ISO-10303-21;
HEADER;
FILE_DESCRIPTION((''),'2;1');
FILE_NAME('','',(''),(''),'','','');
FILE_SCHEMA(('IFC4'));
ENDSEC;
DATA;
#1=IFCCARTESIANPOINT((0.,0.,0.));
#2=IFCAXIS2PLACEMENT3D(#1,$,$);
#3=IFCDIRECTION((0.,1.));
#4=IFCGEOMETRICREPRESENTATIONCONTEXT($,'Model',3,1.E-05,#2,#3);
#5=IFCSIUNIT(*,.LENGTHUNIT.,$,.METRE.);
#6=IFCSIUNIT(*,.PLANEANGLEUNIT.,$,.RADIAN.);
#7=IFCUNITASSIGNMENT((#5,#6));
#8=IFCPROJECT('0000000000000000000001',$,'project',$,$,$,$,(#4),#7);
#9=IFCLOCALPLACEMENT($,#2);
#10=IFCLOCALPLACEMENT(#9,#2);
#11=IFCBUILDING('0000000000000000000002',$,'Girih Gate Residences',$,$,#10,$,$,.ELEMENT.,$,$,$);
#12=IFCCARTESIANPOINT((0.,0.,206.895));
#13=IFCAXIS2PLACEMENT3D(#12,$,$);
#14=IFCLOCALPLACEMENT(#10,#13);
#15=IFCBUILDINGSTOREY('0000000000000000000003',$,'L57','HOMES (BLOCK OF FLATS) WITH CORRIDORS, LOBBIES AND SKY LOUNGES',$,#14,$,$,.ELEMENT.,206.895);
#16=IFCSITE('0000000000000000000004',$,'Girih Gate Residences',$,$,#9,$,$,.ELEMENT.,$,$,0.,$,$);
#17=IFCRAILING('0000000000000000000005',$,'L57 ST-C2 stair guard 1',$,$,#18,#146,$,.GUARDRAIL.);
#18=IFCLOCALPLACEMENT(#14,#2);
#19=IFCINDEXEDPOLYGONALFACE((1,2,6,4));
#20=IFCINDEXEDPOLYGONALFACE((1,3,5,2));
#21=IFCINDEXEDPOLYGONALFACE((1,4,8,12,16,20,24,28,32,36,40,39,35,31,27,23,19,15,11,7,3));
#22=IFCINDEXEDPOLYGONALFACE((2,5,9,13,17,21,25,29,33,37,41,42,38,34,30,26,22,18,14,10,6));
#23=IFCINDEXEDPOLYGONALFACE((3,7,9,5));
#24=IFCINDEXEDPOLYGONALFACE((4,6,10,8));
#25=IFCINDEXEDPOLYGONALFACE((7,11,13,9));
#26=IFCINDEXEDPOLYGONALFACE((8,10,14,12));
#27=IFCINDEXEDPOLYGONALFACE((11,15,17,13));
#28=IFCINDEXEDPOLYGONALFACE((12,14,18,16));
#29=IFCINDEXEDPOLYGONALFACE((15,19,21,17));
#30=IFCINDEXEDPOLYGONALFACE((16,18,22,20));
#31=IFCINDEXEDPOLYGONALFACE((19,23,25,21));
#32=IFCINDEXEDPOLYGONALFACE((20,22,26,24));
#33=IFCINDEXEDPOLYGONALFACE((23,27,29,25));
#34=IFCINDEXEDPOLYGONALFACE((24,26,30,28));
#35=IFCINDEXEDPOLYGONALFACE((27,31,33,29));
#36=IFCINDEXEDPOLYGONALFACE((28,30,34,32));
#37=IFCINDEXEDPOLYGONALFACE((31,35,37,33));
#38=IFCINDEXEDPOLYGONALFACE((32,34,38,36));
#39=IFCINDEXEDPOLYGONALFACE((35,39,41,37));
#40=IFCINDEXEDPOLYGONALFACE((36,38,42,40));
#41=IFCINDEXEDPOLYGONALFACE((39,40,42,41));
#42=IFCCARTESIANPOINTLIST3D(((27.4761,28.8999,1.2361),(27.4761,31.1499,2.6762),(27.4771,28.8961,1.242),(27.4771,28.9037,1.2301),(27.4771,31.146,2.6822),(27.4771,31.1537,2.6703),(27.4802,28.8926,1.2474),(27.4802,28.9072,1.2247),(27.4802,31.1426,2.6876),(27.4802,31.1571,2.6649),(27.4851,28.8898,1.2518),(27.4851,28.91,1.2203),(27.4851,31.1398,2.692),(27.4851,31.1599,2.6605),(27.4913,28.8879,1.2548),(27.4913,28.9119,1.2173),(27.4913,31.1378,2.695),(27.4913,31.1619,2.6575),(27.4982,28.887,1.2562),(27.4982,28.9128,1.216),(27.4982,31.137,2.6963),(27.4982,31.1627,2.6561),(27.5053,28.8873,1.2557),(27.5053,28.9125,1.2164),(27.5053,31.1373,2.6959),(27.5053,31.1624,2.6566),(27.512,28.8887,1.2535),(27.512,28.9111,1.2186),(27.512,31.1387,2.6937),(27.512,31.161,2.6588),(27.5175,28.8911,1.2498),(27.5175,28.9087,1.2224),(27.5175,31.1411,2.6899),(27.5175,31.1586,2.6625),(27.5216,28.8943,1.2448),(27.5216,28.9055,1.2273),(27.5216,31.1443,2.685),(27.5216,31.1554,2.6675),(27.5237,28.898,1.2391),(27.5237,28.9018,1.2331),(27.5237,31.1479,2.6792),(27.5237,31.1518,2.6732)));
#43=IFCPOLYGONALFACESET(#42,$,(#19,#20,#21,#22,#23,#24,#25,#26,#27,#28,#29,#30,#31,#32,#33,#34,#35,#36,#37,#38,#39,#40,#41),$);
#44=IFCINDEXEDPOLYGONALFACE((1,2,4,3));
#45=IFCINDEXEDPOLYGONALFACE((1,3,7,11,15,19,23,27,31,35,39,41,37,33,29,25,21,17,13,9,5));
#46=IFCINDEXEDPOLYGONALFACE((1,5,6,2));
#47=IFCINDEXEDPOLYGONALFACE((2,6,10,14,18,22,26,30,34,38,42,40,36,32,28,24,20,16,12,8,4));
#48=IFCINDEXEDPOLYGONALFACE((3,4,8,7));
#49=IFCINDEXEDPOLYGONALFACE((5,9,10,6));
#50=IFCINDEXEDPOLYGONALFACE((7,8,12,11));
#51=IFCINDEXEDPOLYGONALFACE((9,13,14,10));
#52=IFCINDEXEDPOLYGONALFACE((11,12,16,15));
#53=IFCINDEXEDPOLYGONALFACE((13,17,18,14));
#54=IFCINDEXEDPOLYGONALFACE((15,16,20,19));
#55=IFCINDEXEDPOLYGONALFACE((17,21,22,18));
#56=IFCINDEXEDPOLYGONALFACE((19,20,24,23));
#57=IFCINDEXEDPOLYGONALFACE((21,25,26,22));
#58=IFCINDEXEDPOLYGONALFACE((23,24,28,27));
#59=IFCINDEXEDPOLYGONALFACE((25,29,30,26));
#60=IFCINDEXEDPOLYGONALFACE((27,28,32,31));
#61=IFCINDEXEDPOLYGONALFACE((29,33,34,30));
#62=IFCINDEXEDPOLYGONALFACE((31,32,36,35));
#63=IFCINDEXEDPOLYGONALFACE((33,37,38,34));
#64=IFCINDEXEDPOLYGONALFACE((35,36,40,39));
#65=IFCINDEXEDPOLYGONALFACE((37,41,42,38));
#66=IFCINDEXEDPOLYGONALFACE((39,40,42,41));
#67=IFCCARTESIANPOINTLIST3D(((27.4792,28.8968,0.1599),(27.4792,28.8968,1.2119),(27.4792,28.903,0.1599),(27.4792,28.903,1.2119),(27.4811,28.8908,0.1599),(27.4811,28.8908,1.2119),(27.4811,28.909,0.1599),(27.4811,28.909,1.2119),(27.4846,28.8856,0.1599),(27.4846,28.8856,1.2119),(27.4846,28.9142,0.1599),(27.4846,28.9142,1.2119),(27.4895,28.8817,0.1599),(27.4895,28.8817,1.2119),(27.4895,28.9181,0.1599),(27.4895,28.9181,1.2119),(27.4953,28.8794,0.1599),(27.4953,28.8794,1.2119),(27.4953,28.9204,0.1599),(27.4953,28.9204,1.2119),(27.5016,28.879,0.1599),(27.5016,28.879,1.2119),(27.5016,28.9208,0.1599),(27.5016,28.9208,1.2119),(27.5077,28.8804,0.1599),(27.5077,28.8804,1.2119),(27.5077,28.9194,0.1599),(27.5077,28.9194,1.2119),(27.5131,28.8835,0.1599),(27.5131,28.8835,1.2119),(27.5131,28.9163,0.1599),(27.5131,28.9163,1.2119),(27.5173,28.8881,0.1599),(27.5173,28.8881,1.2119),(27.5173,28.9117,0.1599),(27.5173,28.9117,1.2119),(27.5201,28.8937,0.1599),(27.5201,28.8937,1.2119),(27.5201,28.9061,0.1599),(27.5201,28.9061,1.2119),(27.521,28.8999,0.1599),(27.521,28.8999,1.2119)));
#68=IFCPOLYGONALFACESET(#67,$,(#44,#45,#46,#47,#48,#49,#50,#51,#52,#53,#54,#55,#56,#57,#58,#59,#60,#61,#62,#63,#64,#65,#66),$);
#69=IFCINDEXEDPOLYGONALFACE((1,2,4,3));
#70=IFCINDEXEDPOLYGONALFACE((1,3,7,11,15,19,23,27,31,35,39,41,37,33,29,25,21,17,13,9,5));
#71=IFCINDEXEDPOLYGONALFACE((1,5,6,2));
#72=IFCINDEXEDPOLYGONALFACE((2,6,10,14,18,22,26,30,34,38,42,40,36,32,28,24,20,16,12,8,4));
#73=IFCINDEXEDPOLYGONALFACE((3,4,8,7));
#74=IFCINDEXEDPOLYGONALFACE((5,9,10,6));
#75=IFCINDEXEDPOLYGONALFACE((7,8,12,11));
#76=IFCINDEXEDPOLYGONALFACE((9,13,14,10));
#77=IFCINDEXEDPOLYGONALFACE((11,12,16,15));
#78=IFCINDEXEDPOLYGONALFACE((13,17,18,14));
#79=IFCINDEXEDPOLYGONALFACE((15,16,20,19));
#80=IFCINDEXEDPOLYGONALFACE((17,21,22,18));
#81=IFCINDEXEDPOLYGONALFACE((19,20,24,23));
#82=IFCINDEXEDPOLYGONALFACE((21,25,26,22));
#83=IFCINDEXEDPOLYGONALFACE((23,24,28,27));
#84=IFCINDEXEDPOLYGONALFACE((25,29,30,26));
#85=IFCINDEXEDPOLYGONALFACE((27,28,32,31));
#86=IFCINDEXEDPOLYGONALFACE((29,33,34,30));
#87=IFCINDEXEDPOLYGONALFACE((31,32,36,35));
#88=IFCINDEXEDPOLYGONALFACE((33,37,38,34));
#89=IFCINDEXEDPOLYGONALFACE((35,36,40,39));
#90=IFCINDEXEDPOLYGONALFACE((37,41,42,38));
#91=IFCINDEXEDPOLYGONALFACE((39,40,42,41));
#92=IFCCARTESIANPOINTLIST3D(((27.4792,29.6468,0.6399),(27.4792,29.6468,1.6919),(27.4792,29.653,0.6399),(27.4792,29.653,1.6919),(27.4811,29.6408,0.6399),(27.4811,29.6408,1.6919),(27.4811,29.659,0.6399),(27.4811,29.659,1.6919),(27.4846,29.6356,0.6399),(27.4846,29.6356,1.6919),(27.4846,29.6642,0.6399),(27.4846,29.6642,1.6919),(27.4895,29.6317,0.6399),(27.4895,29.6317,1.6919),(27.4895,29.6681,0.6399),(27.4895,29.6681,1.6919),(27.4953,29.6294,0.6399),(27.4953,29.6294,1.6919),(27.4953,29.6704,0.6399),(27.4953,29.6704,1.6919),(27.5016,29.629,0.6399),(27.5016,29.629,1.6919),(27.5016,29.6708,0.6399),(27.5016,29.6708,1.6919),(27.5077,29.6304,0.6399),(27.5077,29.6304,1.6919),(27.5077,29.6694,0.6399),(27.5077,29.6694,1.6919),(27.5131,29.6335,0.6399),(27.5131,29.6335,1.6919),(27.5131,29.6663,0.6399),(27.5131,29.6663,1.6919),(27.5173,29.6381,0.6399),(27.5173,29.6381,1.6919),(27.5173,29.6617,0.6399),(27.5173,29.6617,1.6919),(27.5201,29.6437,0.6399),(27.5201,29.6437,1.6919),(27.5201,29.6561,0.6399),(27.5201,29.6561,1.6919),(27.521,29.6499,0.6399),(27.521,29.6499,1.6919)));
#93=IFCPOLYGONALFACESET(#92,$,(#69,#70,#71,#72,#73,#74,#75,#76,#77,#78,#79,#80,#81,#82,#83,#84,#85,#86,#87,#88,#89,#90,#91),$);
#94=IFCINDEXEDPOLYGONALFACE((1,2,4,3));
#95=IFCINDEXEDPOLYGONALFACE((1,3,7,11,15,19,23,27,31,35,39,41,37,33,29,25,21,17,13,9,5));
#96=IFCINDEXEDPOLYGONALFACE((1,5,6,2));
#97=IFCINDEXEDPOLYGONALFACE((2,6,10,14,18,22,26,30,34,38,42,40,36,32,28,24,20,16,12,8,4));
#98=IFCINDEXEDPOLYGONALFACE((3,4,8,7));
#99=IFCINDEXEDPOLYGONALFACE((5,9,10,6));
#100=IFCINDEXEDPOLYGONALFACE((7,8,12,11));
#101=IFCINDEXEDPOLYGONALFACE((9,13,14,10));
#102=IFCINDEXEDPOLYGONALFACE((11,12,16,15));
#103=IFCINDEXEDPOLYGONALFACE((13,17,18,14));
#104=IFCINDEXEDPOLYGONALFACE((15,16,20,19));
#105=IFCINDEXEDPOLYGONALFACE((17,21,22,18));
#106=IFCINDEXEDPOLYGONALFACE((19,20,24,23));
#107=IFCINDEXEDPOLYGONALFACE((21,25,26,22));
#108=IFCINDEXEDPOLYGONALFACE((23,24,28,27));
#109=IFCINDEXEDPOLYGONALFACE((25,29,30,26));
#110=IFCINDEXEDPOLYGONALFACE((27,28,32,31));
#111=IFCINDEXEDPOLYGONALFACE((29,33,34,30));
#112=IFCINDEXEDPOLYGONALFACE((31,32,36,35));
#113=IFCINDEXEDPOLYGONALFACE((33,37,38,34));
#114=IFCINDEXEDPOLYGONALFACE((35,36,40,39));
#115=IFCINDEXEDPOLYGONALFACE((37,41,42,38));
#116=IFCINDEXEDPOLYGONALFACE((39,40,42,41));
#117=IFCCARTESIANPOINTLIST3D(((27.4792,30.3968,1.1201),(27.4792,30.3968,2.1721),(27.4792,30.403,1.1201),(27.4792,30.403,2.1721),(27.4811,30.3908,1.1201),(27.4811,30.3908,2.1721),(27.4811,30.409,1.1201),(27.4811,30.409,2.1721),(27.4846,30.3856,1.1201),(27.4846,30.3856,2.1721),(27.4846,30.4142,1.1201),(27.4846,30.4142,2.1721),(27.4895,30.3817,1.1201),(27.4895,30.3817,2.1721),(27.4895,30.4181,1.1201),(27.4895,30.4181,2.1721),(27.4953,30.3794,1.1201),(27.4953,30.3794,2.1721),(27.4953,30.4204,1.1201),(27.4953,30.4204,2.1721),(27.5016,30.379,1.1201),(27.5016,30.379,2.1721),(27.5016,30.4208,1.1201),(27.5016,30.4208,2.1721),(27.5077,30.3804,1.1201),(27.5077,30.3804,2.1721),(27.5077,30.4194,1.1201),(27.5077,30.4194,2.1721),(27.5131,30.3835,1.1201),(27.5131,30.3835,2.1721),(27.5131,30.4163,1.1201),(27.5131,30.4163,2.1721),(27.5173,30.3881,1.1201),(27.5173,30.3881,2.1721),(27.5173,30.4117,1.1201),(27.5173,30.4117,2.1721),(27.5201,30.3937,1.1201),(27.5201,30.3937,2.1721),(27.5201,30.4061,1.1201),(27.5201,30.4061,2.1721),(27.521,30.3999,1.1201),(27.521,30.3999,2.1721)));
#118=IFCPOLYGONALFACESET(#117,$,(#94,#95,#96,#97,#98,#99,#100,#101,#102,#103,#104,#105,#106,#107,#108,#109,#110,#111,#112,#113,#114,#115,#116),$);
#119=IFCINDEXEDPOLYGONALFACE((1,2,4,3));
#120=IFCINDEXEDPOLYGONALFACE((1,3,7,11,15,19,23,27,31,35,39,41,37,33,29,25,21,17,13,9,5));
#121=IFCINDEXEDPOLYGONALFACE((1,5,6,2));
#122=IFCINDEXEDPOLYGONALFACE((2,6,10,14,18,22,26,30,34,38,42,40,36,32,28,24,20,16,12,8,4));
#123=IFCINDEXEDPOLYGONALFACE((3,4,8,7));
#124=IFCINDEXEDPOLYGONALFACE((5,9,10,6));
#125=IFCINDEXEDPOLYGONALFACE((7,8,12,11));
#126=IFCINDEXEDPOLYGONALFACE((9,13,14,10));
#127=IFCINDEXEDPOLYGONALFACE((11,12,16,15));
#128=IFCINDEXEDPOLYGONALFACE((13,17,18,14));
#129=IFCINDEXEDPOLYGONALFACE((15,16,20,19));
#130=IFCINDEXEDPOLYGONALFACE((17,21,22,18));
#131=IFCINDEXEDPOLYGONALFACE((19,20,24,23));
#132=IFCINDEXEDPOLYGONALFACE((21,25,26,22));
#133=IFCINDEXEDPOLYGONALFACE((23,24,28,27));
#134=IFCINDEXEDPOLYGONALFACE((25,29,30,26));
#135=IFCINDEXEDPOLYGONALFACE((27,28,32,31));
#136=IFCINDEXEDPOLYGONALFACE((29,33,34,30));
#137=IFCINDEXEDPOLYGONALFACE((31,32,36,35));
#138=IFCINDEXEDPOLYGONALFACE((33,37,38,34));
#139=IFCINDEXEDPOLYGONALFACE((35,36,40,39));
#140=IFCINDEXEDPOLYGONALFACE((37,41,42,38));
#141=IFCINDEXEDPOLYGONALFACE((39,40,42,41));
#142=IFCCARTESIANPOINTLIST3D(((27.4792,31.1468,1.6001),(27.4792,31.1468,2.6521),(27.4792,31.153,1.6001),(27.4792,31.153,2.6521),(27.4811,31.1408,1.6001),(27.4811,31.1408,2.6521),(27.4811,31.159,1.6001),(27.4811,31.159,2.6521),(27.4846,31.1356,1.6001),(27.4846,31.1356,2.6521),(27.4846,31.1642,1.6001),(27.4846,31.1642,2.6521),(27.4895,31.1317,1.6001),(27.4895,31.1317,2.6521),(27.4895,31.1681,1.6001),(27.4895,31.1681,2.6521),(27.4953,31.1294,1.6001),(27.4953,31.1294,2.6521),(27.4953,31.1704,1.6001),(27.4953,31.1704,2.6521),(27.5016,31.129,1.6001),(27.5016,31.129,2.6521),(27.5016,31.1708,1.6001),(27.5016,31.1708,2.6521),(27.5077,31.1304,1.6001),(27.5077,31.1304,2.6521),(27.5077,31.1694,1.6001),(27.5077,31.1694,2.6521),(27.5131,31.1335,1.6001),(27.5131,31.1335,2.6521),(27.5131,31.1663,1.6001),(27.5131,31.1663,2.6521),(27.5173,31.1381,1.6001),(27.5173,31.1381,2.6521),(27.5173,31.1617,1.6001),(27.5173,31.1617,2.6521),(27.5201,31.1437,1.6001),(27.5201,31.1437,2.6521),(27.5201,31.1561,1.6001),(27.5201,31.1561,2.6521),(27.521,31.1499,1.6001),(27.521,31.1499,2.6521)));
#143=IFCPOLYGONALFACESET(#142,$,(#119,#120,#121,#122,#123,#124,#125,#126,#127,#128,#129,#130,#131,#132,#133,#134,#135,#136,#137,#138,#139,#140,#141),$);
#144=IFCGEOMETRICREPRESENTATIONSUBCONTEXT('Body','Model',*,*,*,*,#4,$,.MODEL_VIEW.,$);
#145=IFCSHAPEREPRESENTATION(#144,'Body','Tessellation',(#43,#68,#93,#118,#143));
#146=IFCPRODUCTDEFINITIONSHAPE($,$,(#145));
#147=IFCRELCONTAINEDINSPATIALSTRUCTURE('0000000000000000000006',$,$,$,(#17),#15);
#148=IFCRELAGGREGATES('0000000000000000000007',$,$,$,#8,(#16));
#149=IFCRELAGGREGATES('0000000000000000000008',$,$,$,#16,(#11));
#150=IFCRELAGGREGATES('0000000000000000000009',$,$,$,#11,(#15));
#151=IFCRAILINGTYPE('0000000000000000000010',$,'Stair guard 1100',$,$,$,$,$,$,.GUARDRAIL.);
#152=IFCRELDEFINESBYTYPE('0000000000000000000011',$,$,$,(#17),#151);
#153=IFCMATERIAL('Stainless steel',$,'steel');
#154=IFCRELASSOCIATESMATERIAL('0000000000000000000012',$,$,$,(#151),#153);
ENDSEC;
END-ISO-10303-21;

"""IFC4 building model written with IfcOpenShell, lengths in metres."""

from ifc_helpers import new_model, si_unit, direction, frame, origin, origin_2d, place, context, subcontext, project, spatial, circle, extrude, material, type_object, element, save


model = new_model("IFC4")

# Units and contexts
model_context = context("Model", 3, precision=1e-05, world=origin(), true_north=direction((0.0, 1.0)))
body_context = subcontext(model_context, "Body", "Model", "MODEL_VIEW")
ifc_project = project(units=[si_unit("LENGTHUNIT", "METRE"), si_unit("PLANEANGLEUNIT", "RADIAN")], contexts=[model_context])

# Site, building, storey
site_placement = place(None, origin())
site = spatial("IfcSite", under=ifc_project, at=site_placement, Name="Girih Gate Residences", CompositionType="ELEMENT", RefElevation=0.0)
building_placement = place(site_placement, origin())
building = spatial("IfcBuilding", under=site, at=building_placement, Name="Girih Gate Residences", CompositionType="ELEMENT")
storey_placement = place(building_placement, frame((0.0, 0.0, 206.895)))
storey = spatial("IfcBuildingStorey", under=building, at=storey_placement, Name="L57", Description="HOMES (BLOCK OF FLATS) WITH CORRIDORS, LOBBIES AND SKY LOUNGES", CompositionType="ELEMENT", Elevation=206.895)

# Railing
ifc_material_1 = material(Name="Stainless steel", Category="steel")
railing_type_1 = type_object("IfcRailingType", Name="Stair guard 1100", PredefinedType="GUARDRAIL", material=ifc_material_1)
railing_1_placement = place(storey_placement, frame((27.5, 28.8999, 0.1599)))
element("IfcRailing", 1, at=railing_1_placement, inside=storey, type_object=railing_type_1, Name="L57 ST-C2 stair guard 1", PredefinedType="GUARDRAIL", context=body_context, shape_type="SweptSolid", body=[
    extrude(circle(Radius=0.0239, at=origin_2d()), frame((0.0, 0.0, 1.0762), z_axis=(0.0, 0.84224, 0.539103), x_axis=(-1.0, 0.0, 0.0)), (0.0, 0.0, 1.0), 2.6714),
    extrude(circle(Radius=0.021, at=origin_2d()), origin(), (0.0, 0.0, 1.0), 1.052),
    extrude(circle(Radius=0.021, at=origin_2d()), frame((0.0, 0.75, 0.48)), (0.0, 0.0, 1.0), 1.052),
    extrude(circle(Radius=0.021, at=origin_2d()), frame((0.0, 1.5, 0.9602)), (0.0, 0.0, 1.0), 1.052),
    extrude(circle(Radius=0.021, at=origin_2d()), frame((0.0, 2.25, 1.4402)), (0.0, 0.0, 1.0), 1.052),
])

save(model, "model.ifc")
